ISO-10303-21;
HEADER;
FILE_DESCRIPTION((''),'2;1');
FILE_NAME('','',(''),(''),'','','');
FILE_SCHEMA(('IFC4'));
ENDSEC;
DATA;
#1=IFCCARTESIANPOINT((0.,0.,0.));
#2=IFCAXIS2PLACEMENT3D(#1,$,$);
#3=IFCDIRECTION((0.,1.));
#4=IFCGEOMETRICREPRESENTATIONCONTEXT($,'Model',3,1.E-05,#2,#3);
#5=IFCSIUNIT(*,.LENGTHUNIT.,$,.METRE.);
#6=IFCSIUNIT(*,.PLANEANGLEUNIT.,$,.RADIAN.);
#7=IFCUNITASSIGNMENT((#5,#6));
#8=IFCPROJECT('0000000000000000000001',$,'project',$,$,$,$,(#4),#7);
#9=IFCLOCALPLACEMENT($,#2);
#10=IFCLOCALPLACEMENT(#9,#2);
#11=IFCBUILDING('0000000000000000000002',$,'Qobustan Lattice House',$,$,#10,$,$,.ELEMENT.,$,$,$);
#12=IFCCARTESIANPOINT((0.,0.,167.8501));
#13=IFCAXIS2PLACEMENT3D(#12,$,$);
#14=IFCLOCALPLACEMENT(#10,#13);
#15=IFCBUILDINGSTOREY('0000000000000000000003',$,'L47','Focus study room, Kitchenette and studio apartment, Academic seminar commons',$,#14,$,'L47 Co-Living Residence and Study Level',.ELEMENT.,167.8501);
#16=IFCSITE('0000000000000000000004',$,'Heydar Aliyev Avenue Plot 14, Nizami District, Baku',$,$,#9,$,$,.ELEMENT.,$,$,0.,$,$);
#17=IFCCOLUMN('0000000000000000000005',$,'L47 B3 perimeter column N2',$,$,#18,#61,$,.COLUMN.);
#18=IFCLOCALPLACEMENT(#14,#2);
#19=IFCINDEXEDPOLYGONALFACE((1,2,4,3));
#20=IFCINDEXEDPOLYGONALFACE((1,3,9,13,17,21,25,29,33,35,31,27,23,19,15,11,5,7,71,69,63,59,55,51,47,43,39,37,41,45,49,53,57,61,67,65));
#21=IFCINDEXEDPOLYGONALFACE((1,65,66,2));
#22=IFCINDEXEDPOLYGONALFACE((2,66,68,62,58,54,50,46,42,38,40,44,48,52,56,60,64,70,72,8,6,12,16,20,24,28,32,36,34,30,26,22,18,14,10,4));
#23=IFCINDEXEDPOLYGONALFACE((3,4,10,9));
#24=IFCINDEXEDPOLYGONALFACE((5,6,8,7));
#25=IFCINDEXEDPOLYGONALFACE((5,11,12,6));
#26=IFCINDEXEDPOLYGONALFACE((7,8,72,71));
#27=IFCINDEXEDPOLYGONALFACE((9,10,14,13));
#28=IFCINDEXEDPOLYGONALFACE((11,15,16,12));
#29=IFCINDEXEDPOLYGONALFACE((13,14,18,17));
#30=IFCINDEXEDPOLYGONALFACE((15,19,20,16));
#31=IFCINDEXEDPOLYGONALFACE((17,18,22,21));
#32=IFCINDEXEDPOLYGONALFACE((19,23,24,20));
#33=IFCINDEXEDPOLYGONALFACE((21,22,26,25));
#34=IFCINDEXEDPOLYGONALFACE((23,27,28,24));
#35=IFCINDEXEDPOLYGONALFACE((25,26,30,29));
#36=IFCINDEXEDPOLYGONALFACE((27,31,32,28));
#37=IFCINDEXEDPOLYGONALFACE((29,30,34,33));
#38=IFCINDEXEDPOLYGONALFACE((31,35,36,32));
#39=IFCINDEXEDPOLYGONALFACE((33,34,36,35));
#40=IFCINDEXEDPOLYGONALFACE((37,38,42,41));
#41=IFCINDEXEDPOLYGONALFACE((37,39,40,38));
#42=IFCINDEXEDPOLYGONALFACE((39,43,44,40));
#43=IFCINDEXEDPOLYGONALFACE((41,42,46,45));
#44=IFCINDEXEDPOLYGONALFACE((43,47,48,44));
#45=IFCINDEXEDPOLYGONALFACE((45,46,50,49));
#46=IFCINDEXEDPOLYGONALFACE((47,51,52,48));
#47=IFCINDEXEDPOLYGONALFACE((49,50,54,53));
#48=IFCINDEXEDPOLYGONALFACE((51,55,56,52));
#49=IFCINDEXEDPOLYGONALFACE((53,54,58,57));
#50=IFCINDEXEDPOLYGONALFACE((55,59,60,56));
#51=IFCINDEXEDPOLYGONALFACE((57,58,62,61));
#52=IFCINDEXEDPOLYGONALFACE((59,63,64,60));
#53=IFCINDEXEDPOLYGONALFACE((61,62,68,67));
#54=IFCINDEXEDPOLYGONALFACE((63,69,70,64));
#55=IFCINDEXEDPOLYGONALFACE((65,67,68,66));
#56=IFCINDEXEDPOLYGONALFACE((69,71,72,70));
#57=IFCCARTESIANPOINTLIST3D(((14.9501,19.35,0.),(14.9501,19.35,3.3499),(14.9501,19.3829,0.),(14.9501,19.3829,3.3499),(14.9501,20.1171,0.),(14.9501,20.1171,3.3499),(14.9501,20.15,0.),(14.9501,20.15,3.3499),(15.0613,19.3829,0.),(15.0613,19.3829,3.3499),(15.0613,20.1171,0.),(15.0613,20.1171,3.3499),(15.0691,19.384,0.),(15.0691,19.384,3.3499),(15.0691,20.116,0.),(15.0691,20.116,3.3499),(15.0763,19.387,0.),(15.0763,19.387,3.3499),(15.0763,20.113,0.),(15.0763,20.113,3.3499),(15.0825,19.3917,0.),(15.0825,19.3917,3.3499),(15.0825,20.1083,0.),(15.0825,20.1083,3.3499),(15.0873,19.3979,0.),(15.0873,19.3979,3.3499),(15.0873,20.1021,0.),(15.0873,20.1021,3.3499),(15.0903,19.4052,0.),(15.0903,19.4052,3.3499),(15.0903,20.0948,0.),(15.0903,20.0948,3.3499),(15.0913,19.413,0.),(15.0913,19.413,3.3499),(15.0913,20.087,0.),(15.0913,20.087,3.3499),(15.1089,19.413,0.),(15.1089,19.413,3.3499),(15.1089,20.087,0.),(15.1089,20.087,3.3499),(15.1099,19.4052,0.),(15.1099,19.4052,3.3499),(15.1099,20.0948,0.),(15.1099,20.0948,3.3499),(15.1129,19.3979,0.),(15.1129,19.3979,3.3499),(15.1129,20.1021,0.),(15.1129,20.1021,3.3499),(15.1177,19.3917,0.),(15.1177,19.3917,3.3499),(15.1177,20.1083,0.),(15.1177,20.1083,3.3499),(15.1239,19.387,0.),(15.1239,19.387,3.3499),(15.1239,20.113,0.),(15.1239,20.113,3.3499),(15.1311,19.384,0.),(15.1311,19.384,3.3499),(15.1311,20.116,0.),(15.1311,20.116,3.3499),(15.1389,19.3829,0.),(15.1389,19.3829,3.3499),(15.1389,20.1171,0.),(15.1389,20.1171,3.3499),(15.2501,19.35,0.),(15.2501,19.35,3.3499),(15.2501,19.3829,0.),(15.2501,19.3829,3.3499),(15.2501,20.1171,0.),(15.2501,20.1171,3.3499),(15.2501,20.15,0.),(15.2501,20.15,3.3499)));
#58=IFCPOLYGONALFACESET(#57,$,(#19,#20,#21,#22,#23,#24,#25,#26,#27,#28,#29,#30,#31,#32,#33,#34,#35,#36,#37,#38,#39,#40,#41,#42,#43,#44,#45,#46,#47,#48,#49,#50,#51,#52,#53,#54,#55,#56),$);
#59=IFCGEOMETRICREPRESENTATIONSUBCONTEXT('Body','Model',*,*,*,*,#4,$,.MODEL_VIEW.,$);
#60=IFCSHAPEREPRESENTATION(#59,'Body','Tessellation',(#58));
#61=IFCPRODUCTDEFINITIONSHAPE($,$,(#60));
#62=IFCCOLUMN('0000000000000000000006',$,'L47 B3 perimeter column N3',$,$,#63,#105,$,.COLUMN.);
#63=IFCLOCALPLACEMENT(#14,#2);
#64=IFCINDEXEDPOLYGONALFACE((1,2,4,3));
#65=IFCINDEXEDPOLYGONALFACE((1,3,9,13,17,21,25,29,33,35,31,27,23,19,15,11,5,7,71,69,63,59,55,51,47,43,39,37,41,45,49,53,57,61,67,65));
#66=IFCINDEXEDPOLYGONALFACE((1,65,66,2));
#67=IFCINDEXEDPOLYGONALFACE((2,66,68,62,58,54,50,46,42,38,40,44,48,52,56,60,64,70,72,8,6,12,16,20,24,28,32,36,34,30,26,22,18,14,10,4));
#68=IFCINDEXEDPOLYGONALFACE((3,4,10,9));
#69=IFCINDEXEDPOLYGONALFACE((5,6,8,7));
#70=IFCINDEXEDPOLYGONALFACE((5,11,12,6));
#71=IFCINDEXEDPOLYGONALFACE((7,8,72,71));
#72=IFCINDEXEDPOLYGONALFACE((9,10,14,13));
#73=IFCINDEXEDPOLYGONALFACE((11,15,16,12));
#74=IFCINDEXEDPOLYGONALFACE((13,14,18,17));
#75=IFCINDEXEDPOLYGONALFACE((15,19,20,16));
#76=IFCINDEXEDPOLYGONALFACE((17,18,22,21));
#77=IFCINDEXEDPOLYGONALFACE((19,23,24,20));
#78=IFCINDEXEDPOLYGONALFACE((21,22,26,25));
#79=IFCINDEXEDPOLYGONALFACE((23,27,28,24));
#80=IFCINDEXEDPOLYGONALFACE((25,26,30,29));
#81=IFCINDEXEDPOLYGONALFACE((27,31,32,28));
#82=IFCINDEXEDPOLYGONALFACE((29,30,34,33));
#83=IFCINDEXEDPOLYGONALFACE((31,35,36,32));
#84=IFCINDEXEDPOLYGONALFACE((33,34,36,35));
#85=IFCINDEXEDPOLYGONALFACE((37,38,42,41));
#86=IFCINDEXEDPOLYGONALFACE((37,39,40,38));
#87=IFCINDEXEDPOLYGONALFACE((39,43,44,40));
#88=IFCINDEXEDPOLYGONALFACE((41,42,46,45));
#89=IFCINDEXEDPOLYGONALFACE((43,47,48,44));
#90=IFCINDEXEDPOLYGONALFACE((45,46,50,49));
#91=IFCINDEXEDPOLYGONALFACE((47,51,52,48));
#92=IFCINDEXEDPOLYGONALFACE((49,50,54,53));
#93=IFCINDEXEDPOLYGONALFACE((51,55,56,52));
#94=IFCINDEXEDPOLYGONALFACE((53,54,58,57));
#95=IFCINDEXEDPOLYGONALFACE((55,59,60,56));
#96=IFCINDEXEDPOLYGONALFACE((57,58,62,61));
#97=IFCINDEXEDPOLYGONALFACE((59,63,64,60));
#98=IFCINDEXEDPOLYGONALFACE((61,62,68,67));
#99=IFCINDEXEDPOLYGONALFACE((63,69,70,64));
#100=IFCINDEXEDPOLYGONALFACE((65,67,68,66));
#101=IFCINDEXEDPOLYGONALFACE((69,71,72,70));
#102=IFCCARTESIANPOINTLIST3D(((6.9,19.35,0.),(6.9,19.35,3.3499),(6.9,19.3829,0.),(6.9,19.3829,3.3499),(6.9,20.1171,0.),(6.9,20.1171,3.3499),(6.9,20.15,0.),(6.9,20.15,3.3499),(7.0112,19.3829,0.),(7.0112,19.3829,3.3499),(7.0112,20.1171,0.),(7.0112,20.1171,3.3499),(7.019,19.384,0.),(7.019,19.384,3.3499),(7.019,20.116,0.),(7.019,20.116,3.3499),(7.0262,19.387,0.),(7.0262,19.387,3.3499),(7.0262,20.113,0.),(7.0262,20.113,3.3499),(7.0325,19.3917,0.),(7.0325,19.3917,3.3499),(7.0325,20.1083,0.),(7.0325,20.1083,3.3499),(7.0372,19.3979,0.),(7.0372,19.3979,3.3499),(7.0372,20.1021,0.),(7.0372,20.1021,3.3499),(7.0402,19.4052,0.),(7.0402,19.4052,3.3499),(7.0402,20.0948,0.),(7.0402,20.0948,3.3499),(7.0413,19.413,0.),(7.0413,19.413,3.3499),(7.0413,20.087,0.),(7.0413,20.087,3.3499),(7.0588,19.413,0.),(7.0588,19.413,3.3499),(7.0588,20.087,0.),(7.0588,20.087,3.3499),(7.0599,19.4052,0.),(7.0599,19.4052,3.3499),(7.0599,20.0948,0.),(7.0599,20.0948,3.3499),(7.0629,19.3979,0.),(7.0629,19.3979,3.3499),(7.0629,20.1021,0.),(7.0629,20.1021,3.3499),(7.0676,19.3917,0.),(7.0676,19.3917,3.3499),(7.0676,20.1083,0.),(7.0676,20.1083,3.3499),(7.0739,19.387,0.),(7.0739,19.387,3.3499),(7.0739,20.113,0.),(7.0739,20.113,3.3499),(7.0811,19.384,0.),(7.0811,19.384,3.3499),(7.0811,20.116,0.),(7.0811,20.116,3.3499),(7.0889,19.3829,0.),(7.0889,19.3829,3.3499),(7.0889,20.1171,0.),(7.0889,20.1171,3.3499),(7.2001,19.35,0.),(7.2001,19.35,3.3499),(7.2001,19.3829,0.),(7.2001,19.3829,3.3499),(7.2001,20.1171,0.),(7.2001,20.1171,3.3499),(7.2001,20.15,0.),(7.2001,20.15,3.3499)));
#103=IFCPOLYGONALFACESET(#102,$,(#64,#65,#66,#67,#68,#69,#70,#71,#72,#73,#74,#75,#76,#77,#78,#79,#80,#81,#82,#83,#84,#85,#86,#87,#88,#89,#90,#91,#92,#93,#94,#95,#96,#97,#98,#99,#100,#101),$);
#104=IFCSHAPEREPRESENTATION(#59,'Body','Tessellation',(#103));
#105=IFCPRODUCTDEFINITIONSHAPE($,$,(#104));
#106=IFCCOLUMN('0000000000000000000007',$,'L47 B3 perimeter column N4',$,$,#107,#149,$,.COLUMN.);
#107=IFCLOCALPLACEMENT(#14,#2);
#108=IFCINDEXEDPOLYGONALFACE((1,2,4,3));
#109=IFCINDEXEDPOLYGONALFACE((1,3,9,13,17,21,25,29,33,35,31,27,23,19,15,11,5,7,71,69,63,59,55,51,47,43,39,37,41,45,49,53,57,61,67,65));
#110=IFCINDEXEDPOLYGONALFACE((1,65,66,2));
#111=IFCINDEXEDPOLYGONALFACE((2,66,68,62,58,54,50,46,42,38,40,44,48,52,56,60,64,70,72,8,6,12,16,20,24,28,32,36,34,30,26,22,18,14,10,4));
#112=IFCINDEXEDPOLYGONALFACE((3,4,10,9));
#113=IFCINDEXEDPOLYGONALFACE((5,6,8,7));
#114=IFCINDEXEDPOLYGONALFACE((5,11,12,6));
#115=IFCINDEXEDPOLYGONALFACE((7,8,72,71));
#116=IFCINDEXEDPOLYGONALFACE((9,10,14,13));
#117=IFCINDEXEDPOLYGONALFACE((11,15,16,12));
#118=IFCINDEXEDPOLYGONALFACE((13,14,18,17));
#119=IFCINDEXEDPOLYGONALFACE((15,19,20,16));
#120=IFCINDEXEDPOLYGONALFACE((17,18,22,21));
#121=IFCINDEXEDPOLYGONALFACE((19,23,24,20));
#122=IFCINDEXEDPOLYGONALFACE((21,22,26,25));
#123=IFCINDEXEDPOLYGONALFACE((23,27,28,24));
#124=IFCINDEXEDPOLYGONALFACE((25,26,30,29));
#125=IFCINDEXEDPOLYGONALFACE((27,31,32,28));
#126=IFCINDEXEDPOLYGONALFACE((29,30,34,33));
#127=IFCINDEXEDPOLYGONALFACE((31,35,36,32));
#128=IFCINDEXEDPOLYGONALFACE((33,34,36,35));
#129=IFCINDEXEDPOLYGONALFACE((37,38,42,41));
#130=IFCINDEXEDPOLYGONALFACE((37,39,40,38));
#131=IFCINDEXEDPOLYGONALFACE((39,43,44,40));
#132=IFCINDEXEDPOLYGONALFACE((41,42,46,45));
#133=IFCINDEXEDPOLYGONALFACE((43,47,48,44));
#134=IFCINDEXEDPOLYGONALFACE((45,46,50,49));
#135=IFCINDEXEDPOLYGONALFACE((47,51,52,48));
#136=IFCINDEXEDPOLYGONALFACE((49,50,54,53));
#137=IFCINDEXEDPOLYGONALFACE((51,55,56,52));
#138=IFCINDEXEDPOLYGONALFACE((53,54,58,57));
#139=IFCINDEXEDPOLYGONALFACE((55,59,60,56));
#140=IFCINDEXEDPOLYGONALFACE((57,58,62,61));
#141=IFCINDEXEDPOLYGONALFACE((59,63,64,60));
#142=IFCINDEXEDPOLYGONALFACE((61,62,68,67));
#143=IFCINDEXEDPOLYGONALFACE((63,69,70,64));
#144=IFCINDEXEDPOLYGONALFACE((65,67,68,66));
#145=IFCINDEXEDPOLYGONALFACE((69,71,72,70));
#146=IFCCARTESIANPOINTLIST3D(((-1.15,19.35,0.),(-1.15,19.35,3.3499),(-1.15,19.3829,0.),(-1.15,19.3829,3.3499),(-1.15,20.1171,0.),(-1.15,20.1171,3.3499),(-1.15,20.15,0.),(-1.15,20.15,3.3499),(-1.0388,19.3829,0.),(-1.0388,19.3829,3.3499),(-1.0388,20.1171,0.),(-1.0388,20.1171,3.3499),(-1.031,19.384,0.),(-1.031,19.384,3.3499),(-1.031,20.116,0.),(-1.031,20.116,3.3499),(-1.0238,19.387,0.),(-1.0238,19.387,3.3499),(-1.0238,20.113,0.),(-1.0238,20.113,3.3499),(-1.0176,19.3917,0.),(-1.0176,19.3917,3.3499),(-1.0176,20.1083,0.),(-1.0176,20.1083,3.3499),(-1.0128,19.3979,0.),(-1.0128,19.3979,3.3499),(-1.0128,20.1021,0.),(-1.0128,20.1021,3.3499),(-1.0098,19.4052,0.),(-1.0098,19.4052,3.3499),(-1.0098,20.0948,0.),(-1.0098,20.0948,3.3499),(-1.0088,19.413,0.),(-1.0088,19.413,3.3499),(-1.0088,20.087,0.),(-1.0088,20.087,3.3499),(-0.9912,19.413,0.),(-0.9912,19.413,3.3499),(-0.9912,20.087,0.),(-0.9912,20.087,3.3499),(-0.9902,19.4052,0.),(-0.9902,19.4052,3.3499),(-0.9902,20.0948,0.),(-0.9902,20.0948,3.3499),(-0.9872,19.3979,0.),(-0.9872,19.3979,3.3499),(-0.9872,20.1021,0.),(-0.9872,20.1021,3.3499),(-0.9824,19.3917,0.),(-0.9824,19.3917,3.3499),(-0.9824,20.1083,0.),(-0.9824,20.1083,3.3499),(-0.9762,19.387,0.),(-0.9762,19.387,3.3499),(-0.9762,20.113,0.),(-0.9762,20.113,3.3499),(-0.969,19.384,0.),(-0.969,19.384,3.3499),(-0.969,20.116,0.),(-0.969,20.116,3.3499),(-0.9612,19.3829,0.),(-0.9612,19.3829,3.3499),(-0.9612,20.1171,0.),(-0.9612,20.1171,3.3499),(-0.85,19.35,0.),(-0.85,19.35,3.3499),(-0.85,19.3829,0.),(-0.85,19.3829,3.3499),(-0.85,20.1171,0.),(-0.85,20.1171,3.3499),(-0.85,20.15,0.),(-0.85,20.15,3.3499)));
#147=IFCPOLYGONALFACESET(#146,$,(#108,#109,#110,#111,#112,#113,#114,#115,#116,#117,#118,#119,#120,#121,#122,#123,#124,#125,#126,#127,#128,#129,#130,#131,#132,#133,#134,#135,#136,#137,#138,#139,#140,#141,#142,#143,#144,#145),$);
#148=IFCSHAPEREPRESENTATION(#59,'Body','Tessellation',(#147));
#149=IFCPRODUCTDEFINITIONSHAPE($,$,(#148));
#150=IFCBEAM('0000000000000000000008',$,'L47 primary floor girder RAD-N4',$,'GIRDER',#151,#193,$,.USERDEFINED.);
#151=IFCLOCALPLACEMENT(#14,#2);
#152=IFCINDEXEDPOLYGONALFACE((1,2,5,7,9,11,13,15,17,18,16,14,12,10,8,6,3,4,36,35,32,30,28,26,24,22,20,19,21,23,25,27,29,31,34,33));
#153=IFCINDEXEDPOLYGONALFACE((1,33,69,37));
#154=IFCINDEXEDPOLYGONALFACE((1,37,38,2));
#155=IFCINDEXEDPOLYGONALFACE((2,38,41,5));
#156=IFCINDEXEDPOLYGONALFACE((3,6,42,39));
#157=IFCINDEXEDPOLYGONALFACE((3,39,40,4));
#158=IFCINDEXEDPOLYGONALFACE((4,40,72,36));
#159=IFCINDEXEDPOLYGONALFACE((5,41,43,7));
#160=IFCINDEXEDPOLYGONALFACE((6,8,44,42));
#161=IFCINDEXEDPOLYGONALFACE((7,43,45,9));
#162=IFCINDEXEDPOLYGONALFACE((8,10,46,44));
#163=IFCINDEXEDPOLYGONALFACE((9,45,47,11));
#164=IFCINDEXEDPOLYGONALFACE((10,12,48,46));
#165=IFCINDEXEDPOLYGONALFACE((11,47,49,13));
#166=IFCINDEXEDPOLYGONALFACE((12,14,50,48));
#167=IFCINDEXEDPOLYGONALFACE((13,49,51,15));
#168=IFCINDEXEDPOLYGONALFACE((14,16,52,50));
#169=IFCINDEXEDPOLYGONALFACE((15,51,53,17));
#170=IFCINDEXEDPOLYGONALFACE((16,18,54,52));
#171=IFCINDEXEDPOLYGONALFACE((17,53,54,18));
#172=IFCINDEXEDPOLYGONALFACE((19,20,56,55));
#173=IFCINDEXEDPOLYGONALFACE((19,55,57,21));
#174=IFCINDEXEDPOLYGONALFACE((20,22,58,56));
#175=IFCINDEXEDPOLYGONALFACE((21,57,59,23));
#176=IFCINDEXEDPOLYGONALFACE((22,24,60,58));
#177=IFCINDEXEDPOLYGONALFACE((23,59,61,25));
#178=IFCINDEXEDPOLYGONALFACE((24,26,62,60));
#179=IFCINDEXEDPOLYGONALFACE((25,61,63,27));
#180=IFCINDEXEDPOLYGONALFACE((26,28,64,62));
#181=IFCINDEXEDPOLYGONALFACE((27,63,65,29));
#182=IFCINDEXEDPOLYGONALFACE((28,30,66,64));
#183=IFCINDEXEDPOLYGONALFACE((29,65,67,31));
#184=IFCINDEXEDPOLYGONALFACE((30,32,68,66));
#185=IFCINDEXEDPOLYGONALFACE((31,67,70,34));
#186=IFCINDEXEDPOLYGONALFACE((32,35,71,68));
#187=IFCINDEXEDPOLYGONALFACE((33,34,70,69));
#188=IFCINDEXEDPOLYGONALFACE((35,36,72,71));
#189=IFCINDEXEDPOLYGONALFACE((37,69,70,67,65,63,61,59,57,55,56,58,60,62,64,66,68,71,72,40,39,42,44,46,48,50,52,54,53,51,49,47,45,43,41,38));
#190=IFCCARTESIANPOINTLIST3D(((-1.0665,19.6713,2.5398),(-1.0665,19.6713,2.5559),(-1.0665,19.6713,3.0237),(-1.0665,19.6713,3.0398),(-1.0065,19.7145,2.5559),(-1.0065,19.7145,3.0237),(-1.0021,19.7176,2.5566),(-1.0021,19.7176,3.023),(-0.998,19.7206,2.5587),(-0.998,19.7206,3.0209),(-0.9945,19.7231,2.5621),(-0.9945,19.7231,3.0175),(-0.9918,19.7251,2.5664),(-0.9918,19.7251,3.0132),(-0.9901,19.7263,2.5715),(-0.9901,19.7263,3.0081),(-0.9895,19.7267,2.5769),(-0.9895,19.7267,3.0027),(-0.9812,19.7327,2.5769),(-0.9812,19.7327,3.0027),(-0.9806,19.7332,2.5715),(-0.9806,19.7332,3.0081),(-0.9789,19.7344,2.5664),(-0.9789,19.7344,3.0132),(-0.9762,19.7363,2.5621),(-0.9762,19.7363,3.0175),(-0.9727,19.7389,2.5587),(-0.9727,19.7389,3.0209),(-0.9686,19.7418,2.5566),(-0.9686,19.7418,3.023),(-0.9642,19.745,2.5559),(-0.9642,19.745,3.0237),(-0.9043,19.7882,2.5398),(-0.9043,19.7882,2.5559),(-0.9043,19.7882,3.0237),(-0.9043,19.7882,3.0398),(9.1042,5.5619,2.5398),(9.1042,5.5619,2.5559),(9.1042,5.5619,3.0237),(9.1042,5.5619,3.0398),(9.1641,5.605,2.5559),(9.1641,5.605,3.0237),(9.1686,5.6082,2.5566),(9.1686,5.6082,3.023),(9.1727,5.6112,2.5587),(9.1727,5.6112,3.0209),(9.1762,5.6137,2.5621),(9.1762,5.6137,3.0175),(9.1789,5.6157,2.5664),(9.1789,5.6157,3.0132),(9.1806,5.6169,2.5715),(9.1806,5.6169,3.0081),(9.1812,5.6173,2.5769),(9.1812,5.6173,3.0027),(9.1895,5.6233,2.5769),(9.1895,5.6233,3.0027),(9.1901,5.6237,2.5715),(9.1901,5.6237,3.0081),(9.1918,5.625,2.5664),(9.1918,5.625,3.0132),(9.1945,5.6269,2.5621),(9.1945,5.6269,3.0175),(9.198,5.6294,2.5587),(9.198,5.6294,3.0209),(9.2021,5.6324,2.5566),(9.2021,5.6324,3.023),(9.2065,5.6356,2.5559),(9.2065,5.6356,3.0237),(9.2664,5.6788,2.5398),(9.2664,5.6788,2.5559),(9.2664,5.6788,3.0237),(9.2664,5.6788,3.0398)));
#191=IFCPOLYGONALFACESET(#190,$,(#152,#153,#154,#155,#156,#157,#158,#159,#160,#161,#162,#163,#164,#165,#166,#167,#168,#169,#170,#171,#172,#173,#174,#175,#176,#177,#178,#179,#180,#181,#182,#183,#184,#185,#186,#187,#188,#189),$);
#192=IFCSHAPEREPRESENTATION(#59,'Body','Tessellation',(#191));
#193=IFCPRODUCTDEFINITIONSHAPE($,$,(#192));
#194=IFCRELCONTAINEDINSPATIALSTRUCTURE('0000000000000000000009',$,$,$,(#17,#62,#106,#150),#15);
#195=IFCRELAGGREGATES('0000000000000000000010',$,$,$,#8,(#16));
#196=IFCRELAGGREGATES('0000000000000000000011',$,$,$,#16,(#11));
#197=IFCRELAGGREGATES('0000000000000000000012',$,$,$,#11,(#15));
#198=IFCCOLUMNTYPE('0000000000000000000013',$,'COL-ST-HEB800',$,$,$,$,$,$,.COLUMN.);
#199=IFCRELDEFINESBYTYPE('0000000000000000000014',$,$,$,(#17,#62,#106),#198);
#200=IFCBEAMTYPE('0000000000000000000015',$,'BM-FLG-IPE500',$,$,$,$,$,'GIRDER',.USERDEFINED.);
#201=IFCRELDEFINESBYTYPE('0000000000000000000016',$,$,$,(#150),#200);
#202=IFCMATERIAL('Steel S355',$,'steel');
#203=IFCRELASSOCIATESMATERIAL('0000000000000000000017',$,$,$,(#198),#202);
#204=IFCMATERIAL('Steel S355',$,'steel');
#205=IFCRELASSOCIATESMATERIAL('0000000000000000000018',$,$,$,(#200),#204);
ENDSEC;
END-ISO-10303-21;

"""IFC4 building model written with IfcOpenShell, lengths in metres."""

from ifc_helpers import new_model, si_unit, direction, frame, origin, origin_2d, place, context, subcontext, project, spatial, i_section, extrude, material, material_profile, profile_set, type_object, element, save


model = new_model("IFC4")

# Units and contexts
model_context = context("Model", 3, precision=1e-05, world=origin(), true_north=direction((0.0, 1.0)))
body_context = subcontext(model_context, "Body", "Model", "MODEL_VIEW")
ifc_project = project(units=[si_unit("LENGTHUNIT", "METRE"), si_unit("PLANEANGLEUNIT", "RADIAN")], contexts=[model_context])

# Site, building, storey
site_placement = place(None, origin())
site = spatial("IfcSite", under=ifc_project, at=site_placement, Name="Heydar Aliyev Avenue Plot 14, Nizami District, Baku", CompositionType="ELEMENT", RefElevation=0.0)
building_placement = place(site_placement, origin())
building = spatial("IfcBuilding", under=site, at=building_placement, Name="Qobustan Lattice House", CompositionType="ELEMENT")
storey_placement = place(building_placement, frame((0.0, 0.0, 167.8501)))
storey = spatial("IfcBuildingStorey", under=building, at=storey_placement, Name="L47", Description="Focus study room, Kitchenette and studio apartment, Academic seminar commons", LongName="L47 Co-Living Residence and Study Level", CompositionType="ELEMENT", Elevation=167.8501)

# Columns
ifc_material_1 = material(Name="Steel S355", Category="steel")
ifc_material_profile_1 = material_profile(ifc_material_1, i_section(OverallWidth=0.3, OverallDepth=0.8, WebThickness=0.0176, FlangeThickness=0.033, FilletRadius=0.03, at=origin_2d()), Name="HEB800")
ifc_profile_set_1 = profile_set([ifc_material_profile_1], Name="Steel S355")
column_type = type_object("IfcColumnType", Name="COL-ST-HEB800", PredefinedType="COLUMN", material=ifc_profile_set_1)
for number, where, z_axis, x_axis, name in (
    (1, (15.1001, 19.75, 0.0), (0.0, 0.0, 1.0), (1.0, 0.0, 0.0), "L47 B3 perimeter column N2"),
    (2, (7.05, 19.75, 0.0), (0.0, 0.0, 1.0), (1.0, 0.0, 0.0), "L47 B3 perimeter column N3"),
    (3, (-1.0, 19.75, 0.0), (0.0, 0.0, 1.0), (1.0, 0.0, 0.0), "L47 B3 perimeter column N4"),
):
    element("IfcColumn", number, at=place(storey_placement, frame(where, z_axis=z_axis, x_axis=x_axis)), inside=storey, type_object=column_type, Name=name, PredefinedType="COLUMN", context=body_context, shape_type="SweptSolid", body=[
        extrude(i_section(OverallWidth=0.3, OverallDepth=0.8, WebThickness=0.0176, FlangeThickness=0.033, FilletRadius=0.03, at=origin_2d()), origin(), (0.0, 0.0, 1.0), 3.3499),
    ])

# Beam
ifc_material_2 = material(Name="Steel S355", Category="steel")
ifc_material_profile_2 = material_profile(ifc_material_2, i_section(OverallWidth=0.2, OverallDepth=0.5, WebThickness=0.0103, FlangeThickness=0.0161, FilletRadius=0.021, at=origin_2d()), Name="IPE500")
ifc_profile_set_2 = profile_set([ifc_material_profile_2], Name="Steel S355")
beam_type_1 = type_object("IfcBeamType", Name="BM-FLG-IPE500", ElementType="GIRDER", PredefinedType="USERDEFINED", material=ifc_profile_set_2)
beam_1_placement = place(storey_placement, frame((-0.9854, 19.7297, 2.7898), z_axis=(0.584755, -0.81121, 0.0), x_axis=(0.81121, 0.584755, 0.0)))
element("IfcBeam", 4, at=beam_1_placement, inside=storey, type_object=beam_type_1, Name="L47 primary floor girder RAD-N4", ObjectType="GIRDER", PredefinedType="USERDEFINED", context=body_context, shape_type="SweptSolid", body=[
    extrude(i_section(OverallWidth=0.2, OverallDepth=0.5, WebThickness=0.0103, FlangeThickness=0.0161, FilletRadius=0.021, at=origin_2d()), origin(), (0.0, 0.0, 1.0), 17.3931),
])

save(model, "model.ifc")
